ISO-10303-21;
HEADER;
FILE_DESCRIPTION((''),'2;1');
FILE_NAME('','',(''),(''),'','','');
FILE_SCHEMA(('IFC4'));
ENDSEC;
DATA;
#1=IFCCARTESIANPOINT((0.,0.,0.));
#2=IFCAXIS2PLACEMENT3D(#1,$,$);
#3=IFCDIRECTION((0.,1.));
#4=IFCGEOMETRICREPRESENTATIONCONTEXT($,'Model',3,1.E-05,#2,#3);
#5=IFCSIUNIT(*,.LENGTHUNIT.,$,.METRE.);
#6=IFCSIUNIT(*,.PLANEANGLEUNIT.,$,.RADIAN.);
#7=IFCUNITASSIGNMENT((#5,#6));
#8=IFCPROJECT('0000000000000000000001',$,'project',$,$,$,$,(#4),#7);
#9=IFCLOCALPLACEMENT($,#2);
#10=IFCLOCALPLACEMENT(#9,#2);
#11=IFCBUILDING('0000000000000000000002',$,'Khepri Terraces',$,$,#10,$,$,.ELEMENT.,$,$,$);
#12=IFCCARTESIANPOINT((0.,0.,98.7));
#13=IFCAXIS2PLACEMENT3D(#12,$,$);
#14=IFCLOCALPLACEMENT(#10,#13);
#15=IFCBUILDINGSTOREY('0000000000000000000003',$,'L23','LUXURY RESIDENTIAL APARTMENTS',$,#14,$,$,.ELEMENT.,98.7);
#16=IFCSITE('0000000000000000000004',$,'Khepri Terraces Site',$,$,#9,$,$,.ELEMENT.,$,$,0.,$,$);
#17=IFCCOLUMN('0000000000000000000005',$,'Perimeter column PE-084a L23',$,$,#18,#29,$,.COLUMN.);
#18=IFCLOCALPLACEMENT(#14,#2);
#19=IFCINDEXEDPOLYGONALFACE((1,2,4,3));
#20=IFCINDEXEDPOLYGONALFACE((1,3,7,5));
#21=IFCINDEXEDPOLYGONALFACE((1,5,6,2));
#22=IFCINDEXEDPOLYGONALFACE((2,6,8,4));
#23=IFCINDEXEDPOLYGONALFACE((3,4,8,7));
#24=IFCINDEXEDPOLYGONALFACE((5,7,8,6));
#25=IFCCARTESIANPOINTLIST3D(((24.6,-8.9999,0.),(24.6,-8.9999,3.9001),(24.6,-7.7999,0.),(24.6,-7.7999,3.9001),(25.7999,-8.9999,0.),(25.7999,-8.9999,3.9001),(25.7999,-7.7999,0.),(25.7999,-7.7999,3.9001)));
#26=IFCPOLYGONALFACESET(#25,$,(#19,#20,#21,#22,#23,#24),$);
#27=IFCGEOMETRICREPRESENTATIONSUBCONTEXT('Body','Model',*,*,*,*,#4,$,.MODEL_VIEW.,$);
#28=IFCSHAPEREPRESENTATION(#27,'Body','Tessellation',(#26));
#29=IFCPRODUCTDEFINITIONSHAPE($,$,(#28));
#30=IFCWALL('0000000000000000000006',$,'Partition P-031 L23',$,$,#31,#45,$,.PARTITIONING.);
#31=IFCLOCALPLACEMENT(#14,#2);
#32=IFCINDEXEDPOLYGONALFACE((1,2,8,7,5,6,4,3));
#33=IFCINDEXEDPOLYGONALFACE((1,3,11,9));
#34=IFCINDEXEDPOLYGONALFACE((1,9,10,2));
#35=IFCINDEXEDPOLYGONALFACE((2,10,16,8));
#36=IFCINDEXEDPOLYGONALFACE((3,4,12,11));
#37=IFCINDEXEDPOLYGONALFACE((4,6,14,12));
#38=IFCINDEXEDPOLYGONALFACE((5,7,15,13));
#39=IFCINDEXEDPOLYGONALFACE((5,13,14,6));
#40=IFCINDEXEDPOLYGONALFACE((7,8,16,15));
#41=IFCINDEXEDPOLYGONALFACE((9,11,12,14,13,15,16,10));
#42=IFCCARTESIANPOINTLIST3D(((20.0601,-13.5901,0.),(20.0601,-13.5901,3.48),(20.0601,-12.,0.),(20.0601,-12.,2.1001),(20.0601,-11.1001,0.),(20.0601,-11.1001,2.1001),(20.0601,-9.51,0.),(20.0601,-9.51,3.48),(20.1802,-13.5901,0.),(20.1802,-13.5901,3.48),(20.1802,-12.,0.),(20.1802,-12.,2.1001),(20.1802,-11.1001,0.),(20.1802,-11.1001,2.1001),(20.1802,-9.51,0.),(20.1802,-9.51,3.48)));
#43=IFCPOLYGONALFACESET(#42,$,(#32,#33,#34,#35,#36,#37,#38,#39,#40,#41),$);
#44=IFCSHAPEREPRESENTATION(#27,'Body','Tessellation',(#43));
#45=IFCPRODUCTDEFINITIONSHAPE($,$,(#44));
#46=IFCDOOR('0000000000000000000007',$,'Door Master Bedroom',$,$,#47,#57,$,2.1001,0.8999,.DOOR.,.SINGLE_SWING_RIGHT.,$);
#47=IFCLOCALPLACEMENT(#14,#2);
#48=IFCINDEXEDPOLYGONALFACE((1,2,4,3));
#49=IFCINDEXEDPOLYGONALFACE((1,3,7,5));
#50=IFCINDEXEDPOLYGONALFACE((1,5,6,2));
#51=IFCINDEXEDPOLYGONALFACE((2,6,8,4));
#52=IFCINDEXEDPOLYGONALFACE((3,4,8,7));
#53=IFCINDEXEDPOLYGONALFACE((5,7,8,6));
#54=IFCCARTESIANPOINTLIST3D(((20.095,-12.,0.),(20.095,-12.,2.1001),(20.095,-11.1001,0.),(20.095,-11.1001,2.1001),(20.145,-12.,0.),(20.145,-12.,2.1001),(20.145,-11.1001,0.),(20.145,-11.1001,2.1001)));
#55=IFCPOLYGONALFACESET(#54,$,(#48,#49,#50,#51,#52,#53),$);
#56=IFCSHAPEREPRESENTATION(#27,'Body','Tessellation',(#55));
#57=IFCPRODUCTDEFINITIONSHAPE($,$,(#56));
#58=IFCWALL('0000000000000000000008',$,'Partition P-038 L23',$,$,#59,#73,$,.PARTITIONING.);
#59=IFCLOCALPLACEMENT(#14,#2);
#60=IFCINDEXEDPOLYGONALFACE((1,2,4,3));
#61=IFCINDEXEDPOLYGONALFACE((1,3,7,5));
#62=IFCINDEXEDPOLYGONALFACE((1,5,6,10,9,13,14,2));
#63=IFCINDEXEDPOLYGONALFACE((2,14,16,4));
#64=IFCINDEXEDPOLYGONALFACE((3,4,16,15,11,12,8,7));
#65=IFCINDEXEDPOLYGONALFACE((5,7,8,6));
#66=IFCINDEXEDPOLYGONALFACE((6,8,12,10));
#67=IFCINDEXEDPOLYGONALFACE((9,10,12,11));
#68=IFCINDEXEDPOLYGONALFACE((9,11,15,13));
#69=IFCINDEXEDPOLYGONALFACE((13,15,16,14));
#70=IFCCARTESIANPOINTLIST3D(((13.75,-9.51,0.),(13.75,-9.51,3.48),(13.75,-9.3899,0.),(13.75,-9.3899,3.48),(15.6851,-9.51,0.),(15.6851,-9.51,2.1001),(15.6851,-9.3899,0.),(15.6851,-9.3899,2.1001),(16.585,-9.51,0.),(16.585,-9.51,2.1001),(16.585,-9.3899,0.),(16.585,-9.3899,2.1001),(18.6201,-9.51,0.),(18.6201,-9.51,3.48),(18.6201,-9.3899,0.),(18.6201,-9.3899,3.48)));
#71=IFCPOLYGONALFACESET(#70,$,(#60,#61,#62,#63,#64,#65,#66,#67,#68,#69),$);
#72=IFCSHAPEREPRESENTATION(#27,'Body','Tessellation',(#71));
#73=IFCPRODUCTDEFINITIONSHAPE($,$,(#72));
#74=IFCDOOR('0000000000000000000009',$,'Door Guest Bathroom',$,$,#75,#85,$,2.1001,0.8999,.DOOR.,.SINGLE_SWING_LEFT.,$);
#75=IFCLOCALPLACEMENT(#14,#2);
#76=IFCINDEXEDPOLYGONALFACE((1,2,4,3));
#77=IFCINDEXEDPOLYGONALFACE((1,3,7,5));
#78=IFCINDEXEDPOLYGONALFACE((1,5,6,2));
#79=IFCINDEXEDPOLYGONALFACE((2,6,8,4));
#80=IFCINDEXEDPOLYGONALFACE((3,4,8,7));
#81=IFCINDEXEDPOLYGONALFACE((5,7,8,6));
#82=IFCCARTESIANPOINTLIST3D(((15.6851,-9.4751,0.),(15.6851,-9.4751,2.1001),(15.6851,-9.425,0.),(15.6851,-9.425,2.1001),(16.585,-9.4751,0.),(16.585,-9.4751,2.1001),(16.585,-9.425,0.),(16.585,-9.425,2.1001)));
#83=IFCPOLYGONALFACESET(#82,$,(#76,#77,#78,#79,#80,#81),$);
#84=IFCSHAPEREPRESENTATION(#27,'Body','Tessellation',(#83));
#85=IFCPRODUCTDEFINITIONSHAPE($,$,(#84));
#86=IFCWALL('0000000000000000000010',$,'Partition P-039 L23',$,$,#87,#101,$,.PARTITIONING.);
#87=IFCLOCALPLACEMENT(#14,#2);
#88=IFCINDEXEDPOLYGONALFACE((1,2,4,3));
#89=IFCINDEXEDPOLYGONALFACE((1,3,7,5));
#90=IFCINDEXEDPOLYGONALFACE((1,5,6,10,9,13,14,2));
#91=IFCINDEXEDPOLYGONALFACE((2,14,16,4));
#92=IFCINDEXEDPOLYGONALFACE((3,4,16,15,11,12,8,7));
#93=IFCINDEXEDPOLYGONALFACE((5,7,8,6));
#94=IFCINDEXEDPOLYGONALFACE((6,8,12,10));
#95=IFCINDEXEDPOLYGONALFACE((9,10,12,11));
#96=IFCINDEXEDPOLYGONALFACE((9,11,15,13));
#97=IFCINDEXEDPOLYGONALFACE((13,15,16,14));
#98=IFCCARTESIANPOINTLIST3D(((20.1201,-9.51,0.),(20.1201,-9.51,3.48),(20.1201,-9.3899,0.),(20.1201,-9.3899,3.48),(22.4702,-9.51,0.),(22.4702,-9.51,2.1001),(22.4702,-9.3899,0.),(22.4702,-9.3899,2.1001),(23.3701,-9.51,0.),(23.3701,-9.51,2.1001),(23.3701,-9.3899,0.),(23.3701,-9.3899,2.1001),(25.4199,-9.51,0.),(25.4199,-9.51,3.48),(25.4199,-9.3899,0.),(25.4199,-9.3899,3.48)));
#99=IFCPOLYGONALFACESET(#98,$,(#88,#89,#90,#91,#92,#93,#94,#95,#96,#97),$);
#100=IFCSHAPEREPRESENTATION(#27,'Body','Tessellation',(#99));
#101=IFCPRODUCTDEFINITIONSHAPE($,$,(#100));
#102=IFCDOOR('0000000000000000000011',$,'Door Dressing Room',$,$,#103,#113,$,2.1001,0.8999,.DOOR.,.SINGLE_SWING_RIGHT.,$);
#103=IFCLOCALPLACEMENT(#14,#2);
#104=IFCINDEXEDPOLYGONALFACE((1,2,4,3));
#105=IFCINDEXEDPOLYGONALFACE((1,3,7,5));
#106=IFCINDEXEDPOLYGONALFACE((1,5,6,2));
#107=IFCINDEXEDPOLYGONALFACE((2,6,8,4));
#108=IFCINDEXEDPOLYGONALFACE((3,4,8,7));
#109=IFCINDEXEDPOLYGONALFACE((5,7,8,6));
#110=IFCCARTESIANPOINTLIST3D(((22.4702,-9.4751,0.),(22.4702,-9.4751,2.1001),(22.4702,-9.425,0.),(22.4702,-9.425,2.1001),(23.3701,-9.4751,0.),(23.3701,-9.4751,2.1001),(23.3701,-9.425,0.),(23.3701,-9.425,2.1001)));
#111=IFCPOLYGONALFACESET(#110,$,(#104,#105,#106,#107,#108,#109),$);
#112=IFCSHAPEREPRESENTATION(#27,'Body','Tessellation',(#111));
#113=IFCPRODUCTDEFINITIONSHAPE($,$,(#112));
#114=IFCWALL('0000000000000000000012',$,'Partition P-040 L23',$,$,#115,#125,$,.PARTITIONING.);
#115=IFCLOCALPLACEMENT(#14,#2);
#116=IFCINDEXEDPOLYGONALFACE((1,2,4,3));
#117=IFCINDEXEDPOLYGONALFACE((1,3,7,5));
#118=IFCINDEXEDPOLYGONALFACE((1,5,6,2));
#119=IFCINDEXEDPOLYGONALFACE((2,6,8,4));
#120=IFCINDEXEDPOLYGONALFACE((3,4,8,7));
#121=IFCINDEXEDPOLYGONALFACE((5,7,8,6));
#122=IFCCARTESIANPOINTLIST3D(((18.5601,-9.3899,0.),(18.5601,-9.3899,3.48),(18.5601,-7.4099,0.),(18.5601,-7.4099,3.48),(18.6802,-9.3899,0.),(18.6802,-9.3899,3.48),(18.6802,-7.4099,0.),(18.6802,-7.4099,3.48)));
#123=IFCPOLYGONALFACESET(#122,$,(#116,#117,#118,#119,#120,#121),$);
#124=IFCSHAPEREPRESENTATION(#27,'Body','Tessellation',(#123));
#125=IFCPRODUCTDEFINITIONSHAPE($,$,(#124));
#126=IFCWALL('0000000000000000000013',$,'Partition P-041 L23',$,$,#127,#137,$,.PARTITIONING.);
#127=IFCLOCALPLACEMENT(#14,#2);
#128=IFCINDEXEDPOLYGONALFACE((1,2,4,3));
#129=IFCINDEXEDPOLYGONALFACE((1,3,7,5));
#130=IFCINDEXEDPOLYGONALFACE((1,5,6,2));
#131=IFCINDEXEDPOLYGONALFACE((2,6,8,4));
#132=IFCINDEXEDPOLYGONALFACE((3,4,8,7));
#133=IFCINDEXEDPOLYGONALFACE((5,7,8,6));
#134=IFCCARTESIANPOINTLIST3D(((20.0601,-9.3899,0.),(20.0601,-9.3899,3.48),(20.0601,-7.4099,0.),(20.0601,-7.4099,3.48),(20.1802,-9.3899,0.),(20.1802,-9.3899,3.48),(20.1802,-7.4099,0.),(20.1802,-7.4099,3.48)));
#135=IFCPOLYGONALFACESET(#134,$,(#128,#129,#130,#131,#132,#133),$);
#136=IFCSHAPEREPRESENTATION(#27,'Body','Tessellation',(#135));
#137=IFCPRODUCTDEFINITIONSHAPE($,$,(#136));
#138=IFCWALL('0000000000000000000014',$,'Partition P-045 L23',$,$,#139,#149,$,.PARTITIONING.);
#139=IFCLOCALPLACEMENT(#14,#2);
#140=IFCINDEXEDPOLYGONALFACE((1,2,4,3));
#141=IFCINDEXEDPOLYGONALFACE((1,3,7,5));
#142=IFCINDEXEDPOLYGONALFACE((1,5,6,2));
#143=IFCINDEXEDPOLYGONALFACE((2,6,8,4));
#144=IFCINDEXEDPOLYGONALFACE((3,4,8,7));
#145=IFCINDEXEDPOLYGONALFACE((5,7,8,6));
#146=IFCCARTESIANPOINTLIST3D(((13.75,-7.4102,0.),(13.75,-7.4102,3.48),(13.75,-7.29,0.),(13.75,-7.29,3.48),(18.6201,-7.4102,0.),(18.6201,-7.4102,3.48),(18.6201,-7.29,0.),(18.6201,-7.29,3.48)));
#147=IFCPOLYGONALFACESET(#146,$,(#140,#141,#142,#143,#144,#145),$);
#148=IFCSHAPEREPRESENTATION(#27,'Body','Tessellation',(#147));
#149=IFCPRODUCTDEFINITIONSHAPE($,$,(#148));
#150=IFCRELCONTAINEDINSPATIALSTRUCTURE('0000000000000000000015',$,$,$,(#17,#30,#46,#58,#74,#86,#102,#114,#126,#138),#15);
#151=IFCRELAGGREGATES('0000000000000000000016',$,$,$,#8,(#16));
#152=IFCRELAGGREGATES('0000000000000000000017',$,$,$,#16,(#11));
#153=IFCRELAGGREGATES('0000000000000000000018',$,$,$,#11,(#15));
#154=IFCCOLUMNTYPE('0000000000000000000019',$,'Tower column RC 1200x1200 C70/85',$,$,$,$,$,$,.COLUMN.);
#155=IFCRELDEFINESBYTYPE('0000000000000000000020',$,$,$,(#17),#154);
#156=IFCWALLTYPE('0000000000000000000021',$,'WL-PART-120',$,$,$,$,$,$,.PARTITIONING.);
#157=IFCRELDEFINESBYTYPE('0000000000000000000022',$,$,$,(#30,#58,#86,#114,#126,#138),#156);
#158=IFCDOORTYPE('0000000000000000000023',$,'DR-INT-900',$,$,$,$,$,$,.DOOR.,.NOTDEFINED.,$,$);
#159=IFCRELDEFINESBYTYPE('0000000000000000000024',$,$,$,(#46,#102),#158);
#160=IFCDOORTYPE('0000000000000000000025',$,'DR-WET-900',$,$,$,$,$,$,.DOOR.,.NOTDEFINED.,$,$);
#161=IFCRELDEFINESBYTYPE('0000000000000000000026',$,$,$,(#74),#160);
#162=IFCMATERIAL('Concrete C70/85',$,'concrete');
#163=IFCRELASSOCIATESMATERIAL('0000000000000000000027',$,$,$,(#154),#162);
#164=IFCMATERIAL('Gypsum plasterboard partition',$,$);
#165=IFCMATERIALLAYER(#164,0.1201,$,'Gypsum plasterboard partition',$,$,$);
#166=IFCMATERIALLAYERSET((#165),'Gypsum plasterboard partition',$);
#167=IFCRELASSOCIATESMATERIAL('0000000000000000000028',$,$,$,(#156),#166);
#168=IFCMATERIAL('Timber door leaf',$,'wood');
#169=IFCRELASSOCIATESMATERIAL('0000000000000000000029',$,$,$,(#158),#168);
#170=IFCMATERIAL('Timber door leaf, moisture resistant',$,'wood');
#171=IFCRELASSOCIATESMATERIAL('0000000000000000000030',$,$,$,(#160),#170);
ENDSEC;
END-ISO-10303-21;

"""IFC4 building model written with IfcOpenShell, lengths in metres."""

from ifc_helpers import new_model, si_unit, direction, frame, frame_2d, origin, origin_2d, place, context, subcontext, project, spatial, rectangle, extrude, material, layer, layer_set, material_profile, profile_set, type_object, element, fill, save


model = new_model("IFC4")

# Units and contexts
model_context = context("Model", 3, precision=1e-05, world=origin(), true_north=direction((0.0, 1.0)))
body_context = subcontext(model_context, "Body", "Model", "MODEL_VIEW")
ifc_project = project(units=[si_unit("LENGTHUNIT", "METRE"), si_unit("PLANEANGLEUNIT", "RADIAN")], contexts=[model_context])

# Site, building, storey
site_placement = place(None, origin())
site = spatial("IfcSite", under=ifc_project, at=site_placement, Name="Khepri Terraces Site", CompositionType="ELEMENT", RefElevation=0.0)
building_placement = place(site_placement, origin())
building = spatial("IfcBuilding", under=site, at=building_placement, Name="Khepri Terraces", CompositionType="ELEMENT")
storey_placement = place(building_placement, frame((0.0, 0.0, 98.7)))
storey = spatial("IfcBuildingStorey", under=building, at=storey_placement, Name="L23", Description="LUXURY RESIDENTIAL APARTMENTS", CompositionType="ELEMENT", Elevation=98.7)

# Column
ifc_material_1 = material(Name="Concrete C70/85", Category="concrete")
ifc_material_profile = material_profile(ifc_material_1, rectangle(XDim=1.2, YDim=1.2, at=origin_2d()), Name="Concrete C70/85", Category="concrete")
ifc_profile_set = profile_set([ifc_material_profile], Name="Concrete C70/85")
column_type = type_object("IfcColumnType", Name="Tower column RC 1200x1200 C70/85", PredefinedType="COLUMN", material=ifc_profile_set)
column_placement = place(storey_placement, frame((25.2, -8.3999, 0.0), z_axis=(0.0, 0.0, 1.0), x_axis=(1.0, 0.0, 0.0)))
element("IfcColumn", 1, at=column_placement, inside=storey, type_object=column_type, Name="Perimeter column PE-084a L23", PredefinedType="COLUMN", context=body_context, shape_type="SweptSolid", body=[
    extrude(rectangle(XDim=1.2, YDim=1.2, at=origin_2d()), origin(), (0.0, 0.0, 1.0), 3.9001),
])

# Walls, openings, doors
ifc_material_2 = material(Name="Gypsum plasterboard partition")
ifc_layer_1 = layer(ifc_material_2, 0.1201, Name="Gypsum plasterboard partition")
ifc_layer_set_1 = layer_set([ifc_layer_1], Name="Gypsum plasterboard partition")
wall_type_1 = type_object("IfcWallType", Name="WL-PART-120", PredefinedType="PARTITIONING", material=ifc_layer_set_1)
wall_1_placement = place(storey_placement, frame((20.1201, -13.5901, 0.0), z_axis=(0.0, 0.0, 1.0), x_axis=(0.0, 1.0, 0.0)))
wall_1 = element("IfcWall", 2, at=wall_1_placement, inside=storey, type_object=wall_type_1, Name="Partition P-031 L23", PredefinedType="PARTITIONING", context=body_context, shape_type="SweptSolid", body=[
    extrude(rectangle(XDim=4.0801, YDim=0.1201, at=frame_2d((2.04, 0.0))), origin(), (0.0, 0.0, 1.0), 3.48),
])
opening_1_placement = place(wall_1_placement, frame((1.5901, 0.0, 0.0)))
opening_1 = element("IfcOpeningElement", 3, at=opening_1_placement, cuts=wall_1, PredefinedType="OPENING", context=body_context, shape_type="SweptSolid", body=[
    extrude(rectangle(XDim=0.8999, YDim=2.1001, at=frame_2d((0.45, 1.05))), frame((0.0, 0.0701, 0.0), z_axis=(0.0, -1.0, 0.0), x_axis=(1.0, 0.0, 0.0)), (0.0, 0.0, 1.0), 0.1401),
])
ifc_material_3 = material(Name="Timber door leaf", Category="wood")
door_type_1 = type_object("IfcDoorType", Name="DR-INT-900", OperationType="NOTDEFINED", PredefinedType="DOOR", material=ifc_material_3)
door_1_placement = place(opening_1_placement, frame((0.8999, 0.0, 0.0), z_axis=(0.0, 0.0, 1.0), x_axis=(-1.0, 0.0, 0.0)))
door_1 = element("IfcDoor", 4, at=door_1_placement, inside=storey, type_object=door_type_1, Name="Door Master Bedroom", OperationType="SINGLE_SWING_RIGHT", OverallHeight=2.1001, OverallWidth=0.8999, PredefinedType="DOOR", context=body_context, shape_type="SweptSolid", body=[
    extrude(rectangle(XDim=0.8999, YDim=2.1001, at=frame_2d((0.45, 1.05))), frame((0.0, 0.0249, 0.0), z_axis=(0.0, -1.0, 0.0), x_axis=(1.0, 0.0, 0.0)), (0.0, 0.0, 1.0), 0.05),
])
fill(opening_1, door_1)
wall_2_placement = place(storey_placement, frame((13.75, -9.45, 0.0), z_axis=(0.0, 0.0, 1.0), x_axis=(1.0, 0.0, 0.0)))
wall_2 = element("IfcWall", 5, at=wall_2_placement, inside=storey, type_object=wall_type_1, Name="Partition P-038 L23", PredefinedType="PARTITIONING", context=body_context, shape_type="SweptSolid", body=[
    extrude(rectangle(XDim=4.8701, YDim=0.1201, at=frame_2d((2.4351, 0.0))), origin(), (0.0, 0.0, 1.0), 3.48),
])
opening_2_placement = place(wall_2_placement, frame((1.9351, 0.0, 0.0)))
opening_2 = element("IfcOpeningElement", 6, at=opening_2_placement, cuts=wall_2, PredefinedType="OPENING", context=body_context, shape_type="SweptSolid", body=[
    extrude(rectangle(XDim=0.8999, YDim=2.1001, at=frame_2d((0.45, 1.05))), frame((0.0, 0.0701, 0.0), z_axis=(0.0, -1.0, 0.0), x_axis=(1.0, 0.0, 0.0)), (0.0, 0.0, 1.0), 0.1401),
])
ifc_material_4 = material(Name="Timber door leaf, moisture resistant", Category="wood")
door_type_2 = type_object("IfcDoorType", Name="DR-WET-900", OperationType="NOTDEFINED", PredefinedType="DOOR", material=ifc_material_4)
door_2_placement = place(opening_2_placement, origin())
door_2 = element("IfcDoor", 7, at=door_2_placement, inside=storey, type_object=door_type_2, Name="Door Guest Bathroom", OperationType="SINGLE_SWING_LEFT", OverallHeight=2.1001, OverallWidth=0.8999, PredefinedType="DOOR", context=body_context, shape_type="SweptSolid", body=[
    extrude(rectangle(XDim=0.8999, YDim=2.1001, at=frame_2d((0.45, 1.05))), frame((0.0, 0.0249, 0.0), z_axis=(0.0, -1.0, 0.0), x_axis=(1.0, 0.0, 0.0)), (0.0, 0.0, 1.0), 0.05),
])
fill(opening_2, door_2)
wall_3_placement = place(storey_placement, frame((20.1201, -9.45, 0.0), z_axis=(0.0, 0.0, 1.0), x_axis=(1.0, 0.0, 0.0)))
wall_3 = element("IfcWall", 8, at=wall_3_placement, inside=storey, type_object=wall_type_1, Name="Partition P-039 L23", PredefinedType="PARTITIONING", context=body_context, shape_type="SweptSolid", body=[
    extrude(rectangle(XDim=5.2998, YDim=0.1201, at=frame_2d((2.6499, 0.0))), origin(), (0.0, 0.0, 1.0), 3.48),
])
opening_3_placement = place(wall_3_placement, frame((2.3501, 0.0, 0.0)))
opening_3 = element("IfcOpeningElement", 9, at=opening_3_placement, cuts=wall_3, PredefinedType="OPENING", context=body_context, shape_type="SweptSolid", body=[
    extrude(rectangle(XDim=0.8999, YDim=2.1001, at=frame_2d((0.45, 1.05))), frame((0.0, 0.0701, 0.0), z_axis=(0.0, -1.0, 0.0), x_axis=(1.0, 0.0, 0.0)), (0.0, 0.0, 1.0), 0.1401),
])
door_3_placement = place(opening_3_placement, origin())
door_3 = element("IfcDoor", 10, at=door_3_placement, inside=storey, type_object=door_type_1, Name="Door Dressing Room", OperationType="SINGLE_SWING_RIGHT", OverallHeight=2.1001, OverallWidth=0.8999, PredefinedType="DOOR", context=body_context, shape_type="SweptSolid", body=[
    extrude(rectangle(XDim=0.8999, YDim=2.1001, at=frame_2d((0.45, 1.05))), frame((0.0, 0.0249, 0.0), z_axis=(0.0, -1.0, 0.0), x_axis=(1.0, 0.0, 0.0)), (0.0, 0.0, 1.0), 0.05),
])
fill(opening_3, door_3)

# Walls
for number, where, z_axis, x_axis, name in (
    (11, (18.6201, -9.3899, 0.0), (0.0, 0.0, 1.0), (0.0, 1.0, 0.0), "Partition P-040 L23"),
    (12, (20.1201, -9.3899, 0.0), (0.0, 0.0, 1.0), (0.0, 1.0, 0.0), "Partition P-041 L23"),
):
    element("IfcWall", number, at=place(storey_placement, frame(where, z_axis=z_axis, x_axis=x_axis)), inside=storey, type_object=wall_type_1, Name=name, PredefinedType="PARTITIONING", context=body_context, shape_type="SweptSolid", body=[
        extrude(rectangle(XDim=1.98, YDim=0.1201, at=frame_2d((0.99, 0.0))), origin(), (0.0, 0.0, 1.0), 3.48),
    ])
wall_4_placement = place(storey_placement, frame((13.75, -7.3501, 0.0), z_axis=(0.0, 0.0, 1.0), x_axis=(1.0, 0.0, 0.0)))
element("IfcWall", 13, at=wall_4_placement, inside=storey, type_object=wall_type_1, Name="Partition P-045 L23", PredefinedType="PARTITIONING", context=body_context, shape_type="SweptSolid", body=[
    extrude(rectangle(XDim=4.8701, YDim=0.1201, at=frame_2d((2.4351, 0.0))), origin(), (0.0, 0.0, 1.0), 3.48),
])

save(model, "model.ifc")
